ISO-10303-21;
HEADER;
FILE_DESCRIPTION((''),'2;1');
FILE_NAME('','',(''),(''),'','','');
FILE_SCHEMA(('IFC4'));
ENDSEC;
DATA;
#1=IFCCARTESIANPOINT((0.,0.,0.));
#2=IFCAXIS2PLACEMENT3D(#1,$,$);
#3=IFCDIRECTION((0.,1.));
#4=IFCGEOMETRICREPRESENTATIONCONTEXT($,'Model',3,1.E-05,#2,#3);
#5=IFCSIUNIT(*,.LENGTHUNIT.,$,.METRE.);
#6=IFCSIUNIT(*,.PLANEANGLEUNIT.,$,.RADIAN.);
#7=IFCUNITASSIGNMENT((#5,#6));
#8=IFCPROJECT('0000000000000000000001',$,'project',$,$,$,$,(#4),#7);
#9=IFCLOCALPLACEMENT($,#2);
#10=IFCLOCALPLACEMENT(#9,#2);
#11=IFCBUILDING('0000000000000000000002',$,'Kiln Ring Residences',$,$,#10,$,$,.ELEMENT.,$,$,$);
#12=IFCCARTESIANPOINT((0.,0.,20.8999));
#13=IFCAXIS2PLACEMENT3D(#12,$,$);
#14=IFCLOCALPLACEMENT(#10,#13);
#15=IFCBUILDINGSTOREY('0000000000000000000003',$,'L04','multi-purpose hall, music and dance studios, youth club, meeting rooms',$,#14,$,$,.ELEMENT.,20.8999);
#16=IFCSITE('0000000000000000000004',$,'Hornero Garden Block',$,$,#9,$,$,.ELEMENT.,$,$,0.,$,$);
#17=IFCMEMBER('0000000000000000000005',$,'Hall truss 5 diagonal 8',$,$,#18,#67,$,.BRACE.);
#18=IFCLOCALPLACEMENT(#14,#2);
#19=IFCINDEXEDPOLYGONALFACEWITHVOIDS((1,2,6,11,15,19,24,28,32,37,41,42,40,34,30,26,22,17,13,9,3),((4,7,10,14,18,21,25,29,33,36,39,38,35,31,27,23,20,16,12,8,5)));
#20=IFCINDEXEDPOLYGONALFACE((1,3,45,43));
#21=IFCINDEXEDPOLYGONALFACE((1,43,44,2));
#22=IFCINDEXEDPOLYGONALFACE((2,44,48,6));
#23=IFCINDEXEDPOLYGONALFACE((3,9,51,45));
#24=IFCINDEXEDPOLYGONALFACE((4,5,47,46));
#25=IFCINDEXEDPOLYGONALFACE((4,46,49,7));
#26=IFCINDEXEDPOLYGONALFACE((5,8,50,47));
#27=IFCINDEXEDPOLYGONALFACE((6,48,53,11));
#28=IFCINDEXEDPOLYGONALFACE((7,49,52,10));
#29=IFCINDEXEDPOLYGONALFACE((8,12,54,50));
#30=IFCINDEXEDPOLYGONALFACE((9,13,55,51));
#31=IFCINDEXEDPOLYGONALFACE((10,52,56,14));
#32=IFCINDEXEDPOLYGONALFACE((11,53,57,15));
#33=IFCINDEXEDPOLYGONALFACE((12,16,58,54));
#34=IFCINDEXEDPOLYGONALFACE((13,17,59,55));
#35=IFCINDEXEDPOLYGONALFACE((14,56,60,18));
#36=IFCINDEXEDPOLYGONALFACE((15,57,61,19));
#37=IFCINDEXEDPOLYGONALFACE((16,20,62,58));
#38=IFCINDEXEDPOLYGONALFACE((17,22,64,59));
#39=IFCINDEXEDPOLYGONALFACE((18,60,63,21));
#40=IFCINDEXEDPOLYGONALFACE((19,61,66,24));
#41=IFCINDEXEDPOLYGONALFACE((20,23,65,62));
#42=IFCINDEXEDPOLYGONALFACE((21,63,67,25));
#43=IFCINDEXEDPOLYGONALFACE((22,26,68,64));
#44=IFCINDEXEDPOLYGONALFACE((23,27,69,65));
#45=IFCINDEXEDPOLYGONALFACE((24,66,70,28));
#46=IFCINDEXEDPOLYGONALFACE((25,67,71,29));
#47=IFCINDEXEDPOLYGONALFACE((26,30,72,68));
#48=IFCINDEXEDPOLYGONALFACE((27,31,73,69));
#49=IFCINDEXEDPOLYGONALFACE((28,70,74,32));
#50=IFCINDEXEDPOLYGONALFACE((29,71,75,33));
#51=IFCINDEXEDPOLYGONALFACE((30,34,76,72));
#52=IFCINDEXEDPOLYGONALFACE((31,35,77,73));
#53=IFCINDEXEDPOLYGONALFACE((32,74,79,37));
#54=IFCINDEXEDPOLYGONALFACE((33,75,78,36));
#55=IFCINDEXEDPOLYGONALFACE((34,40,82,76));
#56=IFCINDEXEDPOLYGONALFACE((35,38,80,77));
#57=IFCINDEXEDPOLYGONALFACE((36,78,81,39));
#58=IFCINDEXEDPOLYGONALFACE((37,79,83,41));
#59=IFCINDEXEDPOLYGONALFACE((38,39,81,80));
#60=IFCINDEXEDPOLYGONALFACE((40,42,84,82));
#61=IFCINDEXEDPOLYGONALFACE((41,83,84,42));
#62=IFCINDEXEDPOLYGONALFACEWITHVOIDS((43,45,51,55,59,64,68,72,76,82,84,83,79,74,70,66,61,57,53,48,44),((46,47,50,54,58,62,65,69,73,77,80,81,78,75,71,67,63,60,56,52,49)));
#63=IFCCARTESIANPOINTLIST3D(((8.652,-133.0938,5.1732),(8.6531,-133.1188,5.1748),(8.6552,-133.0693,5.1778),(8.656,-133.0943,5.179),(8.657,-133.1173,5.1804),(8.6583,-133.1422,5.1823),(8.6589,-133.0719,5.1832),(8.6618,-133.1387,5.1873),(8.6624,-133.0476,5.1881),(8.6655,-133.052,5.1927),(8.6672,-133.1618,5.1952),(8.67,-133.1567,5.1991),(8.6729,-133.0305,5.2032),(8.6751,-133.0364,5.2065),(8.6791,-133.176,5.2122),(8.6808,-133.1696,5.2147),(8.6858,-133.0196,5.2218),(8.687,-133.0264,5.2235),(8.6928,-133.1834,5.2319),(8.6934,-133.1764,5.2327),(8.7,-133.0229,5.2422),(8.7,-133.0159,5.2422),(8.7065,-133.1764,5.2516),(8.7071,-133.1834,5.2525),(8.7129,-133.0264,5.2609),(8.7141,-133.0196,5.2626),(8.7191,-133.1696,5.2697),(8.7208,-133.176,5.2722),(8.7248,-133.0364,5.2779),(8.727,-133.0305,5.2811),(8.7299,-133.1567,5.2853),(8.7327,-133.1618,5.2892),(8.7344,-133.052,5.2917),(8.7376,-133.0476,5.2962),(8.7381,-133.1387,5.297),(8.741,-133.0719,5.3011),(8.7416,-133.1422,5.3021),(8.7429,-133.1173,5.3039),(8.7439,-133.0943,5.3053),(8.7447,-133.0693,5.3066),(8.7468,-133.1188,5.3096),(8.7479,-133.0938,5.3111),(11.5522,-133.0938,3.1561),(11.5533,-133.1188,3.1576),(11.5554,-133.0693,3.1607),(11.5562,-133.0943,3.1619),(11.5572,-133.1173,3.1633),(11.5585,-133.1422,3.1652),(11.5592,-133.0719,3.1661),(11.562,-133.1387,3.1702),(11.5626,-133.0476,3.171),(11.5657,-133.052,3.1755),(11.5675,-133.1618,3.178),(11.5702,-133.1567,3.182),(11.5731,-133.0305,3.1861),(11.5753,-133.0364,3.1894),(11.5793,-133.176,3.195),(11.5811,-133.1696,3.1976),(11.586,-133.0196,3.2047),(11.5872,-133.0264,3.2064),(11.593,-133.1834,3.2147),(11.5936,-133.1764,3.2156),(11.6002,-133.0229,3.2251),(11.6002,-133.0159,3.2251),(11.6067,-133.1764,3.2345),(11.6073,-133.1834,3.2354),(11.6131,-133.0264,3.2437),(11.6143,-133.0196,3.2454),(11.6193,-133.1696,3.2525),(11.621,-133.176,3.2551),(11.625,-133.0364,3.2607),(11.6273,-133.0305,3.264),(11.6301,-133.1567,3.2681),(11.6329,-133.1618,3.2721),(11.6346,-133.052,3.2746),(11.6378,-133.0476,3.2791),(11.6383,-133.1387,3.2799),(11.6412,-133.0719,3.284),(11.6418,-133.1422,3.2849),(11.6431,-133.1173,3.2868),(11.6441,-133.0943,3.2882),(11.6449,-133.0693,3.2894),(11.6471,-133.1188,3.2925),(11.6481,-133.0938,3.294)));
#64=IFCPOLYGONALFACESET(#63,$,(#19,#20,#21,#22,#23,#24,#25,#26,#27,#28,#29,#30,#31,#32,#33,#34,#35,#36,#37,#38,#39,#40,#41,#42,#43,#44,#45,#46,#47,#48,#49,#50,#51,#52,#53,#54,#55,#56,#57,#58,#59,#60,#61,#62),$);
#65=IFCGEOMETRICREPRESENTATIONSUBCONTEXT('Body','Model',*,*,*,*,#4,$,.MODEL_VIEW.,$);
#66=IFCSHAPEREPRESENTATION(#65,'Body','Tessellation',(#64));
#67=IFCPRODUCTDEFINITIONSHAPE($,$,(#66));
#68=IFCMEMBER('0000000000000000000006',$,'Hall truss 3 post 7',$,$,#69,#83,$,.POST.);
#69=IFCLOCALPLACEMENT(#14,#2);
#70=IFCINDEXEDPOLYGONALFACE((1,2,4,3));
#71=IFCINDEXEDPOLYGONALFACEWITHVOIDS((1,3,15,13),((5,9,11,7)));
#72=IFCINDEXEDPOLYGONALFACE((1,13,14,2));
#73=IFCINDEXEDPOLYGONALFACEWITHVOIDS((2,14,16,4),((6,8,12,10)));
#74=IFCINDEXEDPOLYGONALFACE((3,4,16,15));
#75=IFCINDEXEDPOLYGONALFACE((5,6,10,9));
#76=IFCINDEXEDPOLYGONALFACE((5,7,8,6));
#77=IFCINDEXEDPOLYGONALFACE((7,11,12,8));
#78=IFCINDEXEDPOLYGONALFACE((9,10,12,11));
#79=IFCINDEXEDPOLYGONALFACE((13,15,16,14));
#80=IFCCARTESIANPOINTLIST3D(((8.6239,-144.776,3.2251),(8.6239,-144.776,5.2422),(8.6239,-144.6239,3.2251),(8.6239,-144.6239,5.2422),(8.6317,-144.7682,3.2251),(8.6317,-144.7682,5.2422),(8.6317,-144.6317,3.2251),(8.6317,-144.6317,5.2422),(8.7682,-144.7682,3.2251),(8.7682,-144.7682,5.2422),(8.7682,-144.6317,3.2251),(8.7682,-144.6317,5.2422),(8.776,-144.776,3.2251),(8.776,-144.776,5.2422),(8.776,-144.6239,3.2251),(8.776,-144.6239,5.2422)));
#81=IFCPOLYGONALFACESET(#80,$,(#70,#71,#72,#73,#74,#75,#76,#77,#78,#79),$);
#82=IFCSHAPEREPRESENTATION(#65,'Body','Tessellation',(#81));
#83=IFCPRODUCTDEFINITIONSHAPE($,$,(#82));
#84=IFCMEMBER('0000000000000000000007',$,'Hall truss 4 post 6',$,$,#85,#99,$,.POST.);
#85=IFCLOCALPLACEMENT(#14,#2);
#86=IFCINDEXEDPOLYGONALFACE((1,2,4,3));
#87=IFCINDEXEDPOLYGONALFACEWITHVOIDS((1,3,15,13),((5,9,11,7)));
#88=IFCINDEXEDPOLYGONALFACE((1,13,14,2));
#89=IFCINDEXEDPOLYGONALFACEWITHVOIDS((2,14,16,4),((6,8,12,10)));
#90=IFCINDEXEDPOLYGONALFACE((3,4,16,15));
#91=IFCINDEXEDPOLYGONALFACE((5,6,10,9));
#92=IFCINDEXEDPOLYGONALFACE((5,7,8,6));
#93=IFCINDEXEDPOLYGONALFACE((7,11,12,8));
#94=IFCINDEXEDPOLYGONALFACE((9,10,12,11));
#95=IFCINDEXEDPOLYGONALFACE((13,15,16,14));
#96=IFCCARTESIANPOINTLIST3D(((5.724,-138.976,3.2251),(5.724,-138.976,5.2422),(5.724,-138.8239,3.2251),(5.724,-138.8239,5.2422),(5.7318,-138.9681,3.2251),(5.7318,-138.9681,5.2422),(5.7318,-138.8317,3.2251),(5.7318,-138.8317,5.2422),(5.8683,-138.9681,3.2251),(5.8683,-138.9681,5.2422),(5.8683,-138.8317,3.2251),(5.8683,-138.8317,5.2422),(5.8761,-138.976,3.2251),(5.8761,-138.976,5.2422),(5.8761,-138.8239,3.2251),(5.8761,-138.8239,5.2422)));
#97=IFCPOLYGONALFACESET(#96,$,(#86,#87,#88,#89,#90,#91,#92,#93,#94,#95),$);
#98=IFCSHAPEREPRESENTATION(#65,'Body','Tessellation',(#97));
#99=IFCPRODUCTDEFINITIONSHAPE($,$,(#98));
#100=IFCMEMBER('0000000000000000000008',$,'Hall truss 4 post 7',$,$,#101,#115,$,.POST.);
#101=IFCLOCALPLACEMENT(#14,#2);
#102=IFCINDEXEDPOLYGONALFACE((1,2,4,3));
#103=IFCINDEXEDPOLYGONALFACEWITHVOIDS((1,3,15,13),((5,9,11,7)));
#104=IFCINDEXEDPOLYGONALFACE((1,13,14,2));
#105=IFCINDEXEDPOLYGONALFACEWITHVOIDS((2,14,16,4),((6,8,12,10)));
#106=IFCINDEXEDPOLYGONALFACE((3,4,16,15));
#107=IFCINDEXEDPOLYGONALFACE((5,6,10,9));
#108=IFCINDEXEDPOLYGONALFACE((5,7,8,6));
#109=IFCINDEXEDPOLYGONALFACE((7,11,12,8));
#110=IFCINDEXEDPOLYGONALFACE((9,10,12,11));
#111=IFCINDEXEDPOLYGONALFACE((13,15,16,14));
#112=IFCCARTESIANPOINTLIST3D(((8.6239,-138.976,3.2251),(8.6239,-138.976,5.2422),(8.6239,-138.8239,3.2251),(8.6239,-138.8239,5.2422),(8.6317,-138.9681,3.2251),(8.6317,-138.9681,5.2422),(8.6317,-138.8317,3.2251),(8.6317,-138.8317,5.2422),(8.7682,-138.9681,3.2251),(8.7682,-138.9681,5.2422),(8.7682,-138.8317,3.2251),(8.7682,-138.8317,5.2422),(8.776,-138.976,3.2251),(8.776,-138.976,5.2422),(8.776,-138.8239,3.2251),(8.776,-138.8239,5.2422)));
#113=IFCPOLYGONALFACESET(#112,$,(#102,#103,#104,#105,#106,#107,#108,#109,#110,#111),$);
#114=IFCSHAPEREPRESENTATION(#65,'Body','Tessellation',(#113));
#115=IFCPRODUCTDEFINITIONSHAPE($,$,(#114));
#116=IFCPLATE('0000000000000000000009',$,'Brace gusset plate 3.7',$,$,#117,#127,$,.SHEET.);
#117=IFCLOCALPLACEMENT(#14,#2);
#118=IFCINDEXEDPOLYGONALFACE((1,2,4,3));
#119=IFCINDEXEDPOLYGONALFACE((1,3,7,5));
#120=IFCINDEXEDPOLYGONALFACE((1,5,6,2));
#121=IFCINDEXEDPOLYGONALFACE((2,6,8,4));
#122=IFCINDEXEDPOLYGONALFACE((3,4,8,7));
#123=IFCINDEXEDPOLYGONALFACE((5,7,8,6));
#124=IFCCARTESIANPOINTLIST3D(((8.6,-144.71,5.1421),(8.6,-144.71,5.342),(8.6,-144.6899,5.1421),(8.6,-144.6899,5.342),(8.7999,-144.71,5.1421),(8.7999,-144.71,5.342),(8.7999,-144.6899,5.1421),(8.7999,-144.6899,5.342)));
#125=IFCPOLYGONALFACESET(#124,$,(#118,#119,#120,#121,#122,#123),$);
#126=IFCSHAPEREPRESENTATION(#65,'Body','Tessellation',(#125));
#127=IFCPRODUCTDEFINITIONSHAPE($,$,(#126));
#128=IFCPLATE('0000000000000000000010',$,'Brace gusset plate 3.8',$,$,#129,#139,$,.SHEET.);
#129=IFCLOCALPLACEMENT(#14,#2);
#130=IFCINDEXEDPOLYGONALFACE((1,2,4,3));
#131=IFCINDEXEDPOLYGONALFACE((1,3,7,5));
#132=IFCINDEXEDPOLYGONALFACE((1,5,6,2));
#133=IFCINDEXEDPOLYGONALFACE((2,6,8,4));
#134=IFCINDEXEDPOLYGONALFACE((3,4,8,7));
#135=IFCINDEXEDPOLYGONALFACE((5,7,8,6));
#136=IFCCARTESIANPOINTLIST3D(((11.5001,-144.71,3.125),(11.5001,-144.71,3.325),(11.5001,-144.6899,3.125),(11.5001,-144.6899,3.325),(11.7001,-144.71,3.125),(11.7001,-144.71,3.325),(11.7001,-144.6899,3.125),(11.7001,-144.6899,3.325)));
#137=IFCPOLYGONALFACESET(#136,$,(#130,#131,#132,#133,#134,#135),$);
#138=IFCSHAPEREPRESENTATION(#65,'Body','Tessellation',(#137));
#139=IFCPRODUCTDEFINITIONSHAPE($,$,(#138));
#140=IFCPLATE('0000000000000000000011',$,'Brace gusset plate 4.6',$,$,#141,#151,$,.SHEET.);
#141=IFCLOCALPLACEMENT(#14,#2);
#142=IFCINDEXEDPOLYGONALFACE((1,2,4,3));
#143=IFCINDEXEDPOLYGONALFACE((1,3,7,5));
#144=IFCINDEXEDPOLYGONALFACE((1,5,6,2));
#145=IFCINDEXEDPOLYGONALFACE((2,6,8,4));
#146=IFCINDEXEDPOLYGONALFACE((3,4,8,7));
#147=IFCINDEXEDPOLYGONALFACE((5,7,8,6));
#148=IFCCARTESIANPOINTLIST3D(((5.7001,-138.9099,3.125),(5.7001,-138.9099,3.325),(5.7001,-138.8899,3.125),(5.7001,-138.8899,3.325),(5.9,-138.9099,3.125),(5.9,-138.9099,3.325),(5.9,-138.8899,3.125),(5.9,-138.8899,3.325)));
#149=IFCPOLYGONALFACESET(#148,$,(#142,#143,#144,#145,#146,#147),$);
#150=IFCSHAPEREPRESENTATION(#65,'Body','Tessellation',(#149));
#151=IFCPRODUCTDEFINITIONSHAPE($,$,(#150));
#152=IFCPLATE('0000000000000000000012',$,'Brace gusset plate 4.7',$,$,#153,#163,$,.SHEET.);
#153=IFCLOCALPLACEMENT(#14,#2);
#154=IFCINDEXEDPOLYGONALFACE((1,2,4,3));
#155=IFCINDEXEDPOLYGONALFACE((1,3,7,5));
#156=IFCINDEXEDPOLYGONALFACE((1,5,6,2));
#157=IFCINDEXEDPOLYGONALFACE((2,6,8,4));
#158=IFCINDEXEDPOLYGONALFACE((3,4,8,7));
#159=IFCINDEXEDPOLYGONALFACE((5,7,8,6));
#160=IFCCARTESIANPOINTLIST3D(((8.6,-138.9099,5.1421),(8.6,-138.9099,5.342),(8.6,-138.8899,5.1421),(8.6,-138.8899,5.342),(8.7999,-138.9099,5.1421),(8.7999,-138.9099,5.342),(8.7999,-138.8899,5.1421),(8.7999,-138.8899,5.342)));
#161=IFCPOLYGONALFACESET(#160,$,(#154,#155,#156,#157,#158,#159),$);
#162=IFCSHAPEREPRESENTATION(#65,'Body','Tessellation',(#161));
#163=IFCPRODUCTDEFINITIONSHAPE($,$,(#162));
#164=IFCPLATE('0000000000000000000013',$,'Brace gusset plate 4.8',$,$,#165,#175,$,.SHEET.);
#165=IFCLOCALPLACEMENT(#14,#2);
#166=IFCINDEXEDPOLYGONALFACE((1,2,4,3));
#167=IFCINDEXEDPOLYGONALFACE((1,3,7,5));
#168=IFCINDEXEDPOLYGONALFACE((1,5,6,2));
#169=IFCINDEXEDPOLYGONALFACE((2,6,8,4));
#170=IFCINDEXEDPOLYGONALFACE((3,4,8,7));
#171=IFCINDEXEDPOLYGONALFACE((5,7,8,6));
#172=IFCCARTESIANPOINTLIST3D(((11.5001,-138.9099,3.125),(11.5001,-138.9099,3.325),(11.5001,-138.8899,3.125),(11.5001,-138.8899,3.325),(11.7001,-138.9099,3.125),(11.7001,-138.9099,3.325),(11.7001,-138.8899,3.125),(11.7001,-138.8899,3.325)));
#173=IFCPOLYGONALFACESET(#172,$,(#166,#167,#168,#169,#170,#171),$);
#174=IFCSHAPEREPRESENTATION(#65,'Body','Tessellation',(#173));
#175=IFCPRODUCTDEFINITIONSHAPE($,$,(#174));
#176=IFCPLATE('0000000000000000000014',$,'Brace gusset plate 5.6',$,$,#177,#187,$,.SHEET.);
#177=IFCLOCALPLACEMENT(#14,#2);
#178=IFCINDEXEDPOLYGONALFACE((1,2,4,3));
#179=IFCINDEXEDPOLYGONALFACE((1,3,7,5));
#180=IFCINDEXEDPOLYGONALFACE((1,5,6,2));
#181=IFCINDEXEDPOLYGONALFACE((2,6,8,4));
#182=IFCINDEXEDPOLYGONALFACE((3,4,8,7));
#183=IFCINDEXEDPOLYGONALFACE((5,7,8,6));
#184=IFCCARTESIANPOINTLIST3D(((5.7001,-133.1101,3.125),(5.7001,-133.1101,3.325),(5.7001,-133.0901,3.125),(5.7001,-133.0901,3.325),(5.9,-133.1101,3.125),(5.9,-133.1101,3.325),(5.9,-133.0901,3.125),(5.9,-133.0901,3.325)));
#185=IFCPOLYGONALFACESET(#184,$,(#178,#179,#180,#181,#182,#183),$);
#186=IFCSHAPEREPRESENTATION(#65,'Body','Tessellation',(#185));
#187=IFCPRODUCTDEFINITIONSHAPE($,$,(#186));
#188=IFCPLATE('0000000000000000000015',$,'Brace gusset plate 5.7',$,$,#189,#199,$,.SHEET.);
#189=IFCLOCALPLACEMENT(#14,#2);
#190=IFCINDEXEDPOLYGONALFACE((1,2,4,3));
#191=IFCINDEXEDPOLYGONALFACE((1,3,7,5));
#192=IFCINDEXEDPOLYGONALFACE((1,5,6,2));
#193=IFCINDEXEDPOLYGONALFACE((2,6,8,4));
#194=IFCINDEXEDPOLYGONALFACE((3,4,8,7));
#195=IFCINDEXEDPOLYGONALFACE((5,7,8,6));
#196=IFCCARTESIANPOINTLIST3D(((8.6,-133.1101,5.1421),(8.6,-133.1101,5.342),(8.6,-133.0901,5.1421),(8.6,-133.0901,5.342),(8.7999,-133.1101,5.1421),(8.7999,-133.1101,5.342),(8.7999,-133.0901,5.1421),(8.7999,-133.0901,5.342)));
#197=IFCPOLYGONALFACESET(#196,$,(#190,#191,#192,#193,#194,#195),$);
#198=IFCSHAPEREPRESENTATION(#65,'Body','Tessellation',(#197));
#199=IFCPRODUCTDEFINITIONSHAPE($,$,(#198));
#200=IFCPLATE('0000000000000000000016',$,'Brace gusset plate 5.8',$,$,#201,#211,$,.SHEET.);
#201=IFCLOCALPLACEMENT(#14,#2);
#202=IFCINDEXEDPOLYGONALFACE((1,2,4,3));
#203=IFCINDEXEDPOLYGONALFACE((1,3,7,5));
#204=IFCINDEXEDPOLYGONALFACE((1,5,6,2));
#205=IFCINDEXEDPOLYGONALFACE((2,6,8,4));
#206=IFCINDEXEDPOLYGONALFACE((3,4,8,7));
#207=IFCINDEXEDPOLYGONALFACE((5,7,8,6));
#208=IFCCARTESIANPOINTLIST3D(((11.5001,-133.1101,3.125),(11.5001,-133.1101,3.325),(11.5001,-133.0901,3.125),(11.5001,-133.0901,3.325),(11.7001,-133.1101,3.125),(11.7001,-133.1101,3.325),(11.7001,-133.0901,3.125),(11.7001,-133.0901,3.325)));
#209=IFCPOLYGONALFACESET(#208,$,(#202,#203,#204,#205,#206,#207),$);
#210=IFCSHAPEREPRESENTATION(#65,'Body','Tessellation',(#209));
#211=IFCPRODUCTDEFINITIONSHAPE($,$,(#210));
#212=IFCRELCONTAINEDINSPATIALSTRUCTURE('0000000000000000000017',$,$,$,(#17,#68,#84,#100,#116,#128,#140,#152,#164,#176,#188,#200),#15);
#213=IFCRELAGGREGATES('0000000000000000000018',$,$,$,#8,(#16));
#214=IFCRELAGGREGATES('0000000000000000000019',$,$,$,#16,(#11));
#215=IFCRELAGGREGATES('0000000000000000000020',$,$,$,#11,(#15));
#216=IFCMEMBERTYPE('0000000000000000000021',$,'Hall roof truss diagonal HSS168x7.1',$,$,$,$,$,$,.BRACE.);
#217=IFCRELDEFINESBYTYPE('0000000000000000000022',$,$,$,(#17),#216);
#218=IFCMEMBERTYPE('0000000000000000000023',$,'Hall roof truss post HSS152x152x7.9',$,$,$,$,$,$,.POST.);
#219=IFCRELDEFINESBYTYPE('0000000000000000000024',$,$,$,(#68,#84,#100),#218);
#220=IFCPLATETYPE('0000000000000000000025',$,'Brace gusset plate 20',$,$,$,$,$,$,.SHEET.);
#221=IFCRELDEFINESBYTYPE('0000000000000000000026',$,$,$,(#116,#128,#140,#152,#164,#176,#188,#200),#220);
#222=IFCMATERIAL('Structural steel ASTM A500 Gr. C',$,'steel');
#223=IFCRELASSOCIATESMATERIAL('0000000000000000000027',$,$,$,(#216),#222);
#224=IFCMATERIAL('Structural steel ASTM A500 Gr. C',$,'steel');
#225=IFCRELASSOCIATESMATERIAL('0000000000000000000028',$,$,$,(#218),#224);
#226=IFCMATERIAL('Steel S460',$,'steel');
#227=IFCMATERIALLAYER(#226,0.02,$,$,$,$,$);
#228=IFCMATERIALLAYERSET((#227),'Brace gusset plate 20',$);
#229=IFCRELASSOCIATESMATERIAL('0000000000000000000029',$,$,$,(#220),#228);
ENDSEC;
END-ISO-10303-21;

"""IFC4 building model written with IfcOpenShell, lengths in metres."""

from ifc_helpers import new_model, si_unit, direction, frame, origin, origin_2d, place, context, subcontext, project, spatial, rectangle, hollow_rectangle, hollow_circle, extrude, material, layer, layer_set, material_profile, profile_set, type_object, element, save


model = new_model("IFC4")

# Units and contexts
model_context = context("Model", 3, precision=1e-05, world=origin(), true_north=direction((0.0, 1.0)))
body_context = subcontext(model_context, "Body", "Model", "MODEL_VIEW")
ifc_project = project(units=[si_unit("LENGTHUNIT", "METRE"), si_unit("PLANEANGLEUNIT", "RADIAN")], contexts=[model_context])

# Site, building, storey
site_placement = place(None, origin())
site = spatial("IfcSite", under=ifc_project, at=site_placement, Name="Hornero Garden Block", CompositionType="ELEMENT", RefElevation=0.0)
building_placement = place(site_placement, origin())
building = spatial("IfcBuilding", under=site, at=building_placement, Name="Kiln Ring Residences", CompositionType="ELEMENT")
storey_placement = place(building_placement, frame((0.0, 0.0, 20.8999)))
storey = spatial("IfcBuildingStorey", under=building, at=storey_placement, Name="L04", Description="multi-purpose hall, music and dance studios, youth club, meeting rooms", CompositionType="ELEMENT", Elevation=20.8999)

# Members
ifc_material_1 = material(Name="Structural steel ASTM A500 Gr. C", Category="steel")
ifc_material_profile_1 = material_profile(ifc_material_1, hollow_circle(Radius=0.0842, WallThickness=0.0071, at=origin_2d()), Name="HSS168x7.1")
ifc_profile_set_1 = profile_set([ifc_material_profile_1], Name="Structural steel ASTM A500 Gr. C")
member_type_1 = type_object("IfcMemberType", Name="Hall roof truss diagonal HSS168x7.1", PredefinedType="BRACE", material=ifc_profile_set_1)
member_1_placement = place(storey_placement, frame((8.7, -133.1001, 5.2422), z_axis=(0.820959, 0.0, -0.570988), x_axis=(0.0, 1.0, 0.0)))
element("IfcMember", 1, at=member_1_placement, inside=storey, type_object=member_type_1, Name="Hall truss 5 diagonal 8", PredefinedType="BRACE", context=body_context, shape_type="SweptSolid", body=[
    extrude(hollow_circle(Radius=0.0842, WallThickness=0.0071, at=origin_2d()), origin(), (0.0, 0.0, 1.0), 3.5327),
])
ifc_material_2 = material(Name="Structural steel ASTM A500 Gr. C", Category="steel")
ifc_material_profile_2 = material_profile(ifc_material_2, hollow_rectangle(XDim=0.1521, YDim=0.1521, WallThickness=0.0078, at=origin_2d()), Name="HSS152x152x7.9")
ifc_profile_set_2 = profile_set([ifc_material_profile_2], Name="Structural steel ASTM A500 Gr. C")
member_type_2 = type_object("IfcMemberType", Name="Hall roof truss post HSS152x152x7.9", PredefinedType="POST", material=ifc_profile_set_2)
for number, where, z_axis, x_axis, name in (
    (2, (8.7, -144.7, 3.2251), (0.0, 0.0, 1.0), (1.0, 0.0, 0.0), "Hall truss 3 post 7"),
    (3, (5.8, -138.8999, 3.2251), (0.0, 0.0, 1.0), (1.0, 0.0, 0.0), "Hall truss 4 post 6"),
    (4, (8.7, -138.8999, 3.2251), (0.0, 0.0, 1.0), (1.0, 0.0, 0.0), "Hall truss 4 post 7"),
):
    element("IfcMember", number, at=place(storey_placement, frame(where, z_axis=z_axis, x_axis=x_axis)), inside=storey, type_object=member_type_2, Name=name, PredefinedType="POST", context=body_context, shape_type="SweptSolid", body=[
        extrude(hollow_rectangle(XDim=0.1521, YDim=0.1521, WallThickness=0.0078, at=origin_2d()), origin(), (0.0, 0.0, 1.0), 2.0171),
    ])

# Plates
ifc_material_3 = material(Name="Steel S460", Category="steel")
ifc_layer_1 = layer(ifc_material_3, 0.02)
ifc_layer_set_1 = layer_set([ifc_layer_1], Name="Brace gusset plate 20")
plate_type = type_object("IfcPlateType", Name="Brace gusset plate 20", PredefinedType="SHEET", material=ifc_layer_set_1)
for number, where, z_axis, x_axis, name in (
    (5, (8.7, -144.7, 5.1421), (0.0, 0.0, 1.0), (1.0, 0.0, 0.0), "Brace gusset plate 3.7"),
    (6, (11.6001, -144.7, 3.125), (0.0, 0.0, 1.0), (1.0, 0.0, 0.0), "Brace gusset plate 3.8"),
    (7, (5.8, -138.8999, 3.125), (0.0, 0.0, 1.0), (1.0, 0.0, 0.0), "Brace gusset plate 4.6"),
    (8, (8.7, -138.8999, 5.1421), (0.0, 0.0, 1.0), (1.0, 0.0, 0.0), "Brace gusset plate 4.7"),
    (9, (11.6001, -138.8999, 3.125), (0.0, 0.0, 1.0), (1.0, 0.0, 0.0), "Brace gusset plate 4.8"),
    (10, (5.8, -133.1001, 3.125), (0.0, 0.0, 1.0), (1.0, 0.0, 0.0), "Brace gusset plate 5.6"),
    (11, (8.7, -133.1001, 5.1421), (0.0, 0.0, 1.0), (1.0, 0.0, 0.0), "Brace gusset plate 5.7"),
    (12, (11.6001, -133.1001, 3.125), (0.0, 0.0, 1.0), (1.0, 0.0, 0.0), "Brace gusset plate 5.8"),
):
    element("IfcPlate", number, at=place(storey_placement, frame(where, z_axis=z_axis, x_axis=x_axis)), inside=storey, type_object=plate_type, Name=name, PredefinedType="SHEET", context=body_context, shape_type="SweptSolid", body=[
        extrude(rectangle(XDim=0.2, YDim=0.02, at=origin_2d()), origin(), (0.0, 0.0, 1.0), 0.2),
    ])

save(model, "model.ifc")
